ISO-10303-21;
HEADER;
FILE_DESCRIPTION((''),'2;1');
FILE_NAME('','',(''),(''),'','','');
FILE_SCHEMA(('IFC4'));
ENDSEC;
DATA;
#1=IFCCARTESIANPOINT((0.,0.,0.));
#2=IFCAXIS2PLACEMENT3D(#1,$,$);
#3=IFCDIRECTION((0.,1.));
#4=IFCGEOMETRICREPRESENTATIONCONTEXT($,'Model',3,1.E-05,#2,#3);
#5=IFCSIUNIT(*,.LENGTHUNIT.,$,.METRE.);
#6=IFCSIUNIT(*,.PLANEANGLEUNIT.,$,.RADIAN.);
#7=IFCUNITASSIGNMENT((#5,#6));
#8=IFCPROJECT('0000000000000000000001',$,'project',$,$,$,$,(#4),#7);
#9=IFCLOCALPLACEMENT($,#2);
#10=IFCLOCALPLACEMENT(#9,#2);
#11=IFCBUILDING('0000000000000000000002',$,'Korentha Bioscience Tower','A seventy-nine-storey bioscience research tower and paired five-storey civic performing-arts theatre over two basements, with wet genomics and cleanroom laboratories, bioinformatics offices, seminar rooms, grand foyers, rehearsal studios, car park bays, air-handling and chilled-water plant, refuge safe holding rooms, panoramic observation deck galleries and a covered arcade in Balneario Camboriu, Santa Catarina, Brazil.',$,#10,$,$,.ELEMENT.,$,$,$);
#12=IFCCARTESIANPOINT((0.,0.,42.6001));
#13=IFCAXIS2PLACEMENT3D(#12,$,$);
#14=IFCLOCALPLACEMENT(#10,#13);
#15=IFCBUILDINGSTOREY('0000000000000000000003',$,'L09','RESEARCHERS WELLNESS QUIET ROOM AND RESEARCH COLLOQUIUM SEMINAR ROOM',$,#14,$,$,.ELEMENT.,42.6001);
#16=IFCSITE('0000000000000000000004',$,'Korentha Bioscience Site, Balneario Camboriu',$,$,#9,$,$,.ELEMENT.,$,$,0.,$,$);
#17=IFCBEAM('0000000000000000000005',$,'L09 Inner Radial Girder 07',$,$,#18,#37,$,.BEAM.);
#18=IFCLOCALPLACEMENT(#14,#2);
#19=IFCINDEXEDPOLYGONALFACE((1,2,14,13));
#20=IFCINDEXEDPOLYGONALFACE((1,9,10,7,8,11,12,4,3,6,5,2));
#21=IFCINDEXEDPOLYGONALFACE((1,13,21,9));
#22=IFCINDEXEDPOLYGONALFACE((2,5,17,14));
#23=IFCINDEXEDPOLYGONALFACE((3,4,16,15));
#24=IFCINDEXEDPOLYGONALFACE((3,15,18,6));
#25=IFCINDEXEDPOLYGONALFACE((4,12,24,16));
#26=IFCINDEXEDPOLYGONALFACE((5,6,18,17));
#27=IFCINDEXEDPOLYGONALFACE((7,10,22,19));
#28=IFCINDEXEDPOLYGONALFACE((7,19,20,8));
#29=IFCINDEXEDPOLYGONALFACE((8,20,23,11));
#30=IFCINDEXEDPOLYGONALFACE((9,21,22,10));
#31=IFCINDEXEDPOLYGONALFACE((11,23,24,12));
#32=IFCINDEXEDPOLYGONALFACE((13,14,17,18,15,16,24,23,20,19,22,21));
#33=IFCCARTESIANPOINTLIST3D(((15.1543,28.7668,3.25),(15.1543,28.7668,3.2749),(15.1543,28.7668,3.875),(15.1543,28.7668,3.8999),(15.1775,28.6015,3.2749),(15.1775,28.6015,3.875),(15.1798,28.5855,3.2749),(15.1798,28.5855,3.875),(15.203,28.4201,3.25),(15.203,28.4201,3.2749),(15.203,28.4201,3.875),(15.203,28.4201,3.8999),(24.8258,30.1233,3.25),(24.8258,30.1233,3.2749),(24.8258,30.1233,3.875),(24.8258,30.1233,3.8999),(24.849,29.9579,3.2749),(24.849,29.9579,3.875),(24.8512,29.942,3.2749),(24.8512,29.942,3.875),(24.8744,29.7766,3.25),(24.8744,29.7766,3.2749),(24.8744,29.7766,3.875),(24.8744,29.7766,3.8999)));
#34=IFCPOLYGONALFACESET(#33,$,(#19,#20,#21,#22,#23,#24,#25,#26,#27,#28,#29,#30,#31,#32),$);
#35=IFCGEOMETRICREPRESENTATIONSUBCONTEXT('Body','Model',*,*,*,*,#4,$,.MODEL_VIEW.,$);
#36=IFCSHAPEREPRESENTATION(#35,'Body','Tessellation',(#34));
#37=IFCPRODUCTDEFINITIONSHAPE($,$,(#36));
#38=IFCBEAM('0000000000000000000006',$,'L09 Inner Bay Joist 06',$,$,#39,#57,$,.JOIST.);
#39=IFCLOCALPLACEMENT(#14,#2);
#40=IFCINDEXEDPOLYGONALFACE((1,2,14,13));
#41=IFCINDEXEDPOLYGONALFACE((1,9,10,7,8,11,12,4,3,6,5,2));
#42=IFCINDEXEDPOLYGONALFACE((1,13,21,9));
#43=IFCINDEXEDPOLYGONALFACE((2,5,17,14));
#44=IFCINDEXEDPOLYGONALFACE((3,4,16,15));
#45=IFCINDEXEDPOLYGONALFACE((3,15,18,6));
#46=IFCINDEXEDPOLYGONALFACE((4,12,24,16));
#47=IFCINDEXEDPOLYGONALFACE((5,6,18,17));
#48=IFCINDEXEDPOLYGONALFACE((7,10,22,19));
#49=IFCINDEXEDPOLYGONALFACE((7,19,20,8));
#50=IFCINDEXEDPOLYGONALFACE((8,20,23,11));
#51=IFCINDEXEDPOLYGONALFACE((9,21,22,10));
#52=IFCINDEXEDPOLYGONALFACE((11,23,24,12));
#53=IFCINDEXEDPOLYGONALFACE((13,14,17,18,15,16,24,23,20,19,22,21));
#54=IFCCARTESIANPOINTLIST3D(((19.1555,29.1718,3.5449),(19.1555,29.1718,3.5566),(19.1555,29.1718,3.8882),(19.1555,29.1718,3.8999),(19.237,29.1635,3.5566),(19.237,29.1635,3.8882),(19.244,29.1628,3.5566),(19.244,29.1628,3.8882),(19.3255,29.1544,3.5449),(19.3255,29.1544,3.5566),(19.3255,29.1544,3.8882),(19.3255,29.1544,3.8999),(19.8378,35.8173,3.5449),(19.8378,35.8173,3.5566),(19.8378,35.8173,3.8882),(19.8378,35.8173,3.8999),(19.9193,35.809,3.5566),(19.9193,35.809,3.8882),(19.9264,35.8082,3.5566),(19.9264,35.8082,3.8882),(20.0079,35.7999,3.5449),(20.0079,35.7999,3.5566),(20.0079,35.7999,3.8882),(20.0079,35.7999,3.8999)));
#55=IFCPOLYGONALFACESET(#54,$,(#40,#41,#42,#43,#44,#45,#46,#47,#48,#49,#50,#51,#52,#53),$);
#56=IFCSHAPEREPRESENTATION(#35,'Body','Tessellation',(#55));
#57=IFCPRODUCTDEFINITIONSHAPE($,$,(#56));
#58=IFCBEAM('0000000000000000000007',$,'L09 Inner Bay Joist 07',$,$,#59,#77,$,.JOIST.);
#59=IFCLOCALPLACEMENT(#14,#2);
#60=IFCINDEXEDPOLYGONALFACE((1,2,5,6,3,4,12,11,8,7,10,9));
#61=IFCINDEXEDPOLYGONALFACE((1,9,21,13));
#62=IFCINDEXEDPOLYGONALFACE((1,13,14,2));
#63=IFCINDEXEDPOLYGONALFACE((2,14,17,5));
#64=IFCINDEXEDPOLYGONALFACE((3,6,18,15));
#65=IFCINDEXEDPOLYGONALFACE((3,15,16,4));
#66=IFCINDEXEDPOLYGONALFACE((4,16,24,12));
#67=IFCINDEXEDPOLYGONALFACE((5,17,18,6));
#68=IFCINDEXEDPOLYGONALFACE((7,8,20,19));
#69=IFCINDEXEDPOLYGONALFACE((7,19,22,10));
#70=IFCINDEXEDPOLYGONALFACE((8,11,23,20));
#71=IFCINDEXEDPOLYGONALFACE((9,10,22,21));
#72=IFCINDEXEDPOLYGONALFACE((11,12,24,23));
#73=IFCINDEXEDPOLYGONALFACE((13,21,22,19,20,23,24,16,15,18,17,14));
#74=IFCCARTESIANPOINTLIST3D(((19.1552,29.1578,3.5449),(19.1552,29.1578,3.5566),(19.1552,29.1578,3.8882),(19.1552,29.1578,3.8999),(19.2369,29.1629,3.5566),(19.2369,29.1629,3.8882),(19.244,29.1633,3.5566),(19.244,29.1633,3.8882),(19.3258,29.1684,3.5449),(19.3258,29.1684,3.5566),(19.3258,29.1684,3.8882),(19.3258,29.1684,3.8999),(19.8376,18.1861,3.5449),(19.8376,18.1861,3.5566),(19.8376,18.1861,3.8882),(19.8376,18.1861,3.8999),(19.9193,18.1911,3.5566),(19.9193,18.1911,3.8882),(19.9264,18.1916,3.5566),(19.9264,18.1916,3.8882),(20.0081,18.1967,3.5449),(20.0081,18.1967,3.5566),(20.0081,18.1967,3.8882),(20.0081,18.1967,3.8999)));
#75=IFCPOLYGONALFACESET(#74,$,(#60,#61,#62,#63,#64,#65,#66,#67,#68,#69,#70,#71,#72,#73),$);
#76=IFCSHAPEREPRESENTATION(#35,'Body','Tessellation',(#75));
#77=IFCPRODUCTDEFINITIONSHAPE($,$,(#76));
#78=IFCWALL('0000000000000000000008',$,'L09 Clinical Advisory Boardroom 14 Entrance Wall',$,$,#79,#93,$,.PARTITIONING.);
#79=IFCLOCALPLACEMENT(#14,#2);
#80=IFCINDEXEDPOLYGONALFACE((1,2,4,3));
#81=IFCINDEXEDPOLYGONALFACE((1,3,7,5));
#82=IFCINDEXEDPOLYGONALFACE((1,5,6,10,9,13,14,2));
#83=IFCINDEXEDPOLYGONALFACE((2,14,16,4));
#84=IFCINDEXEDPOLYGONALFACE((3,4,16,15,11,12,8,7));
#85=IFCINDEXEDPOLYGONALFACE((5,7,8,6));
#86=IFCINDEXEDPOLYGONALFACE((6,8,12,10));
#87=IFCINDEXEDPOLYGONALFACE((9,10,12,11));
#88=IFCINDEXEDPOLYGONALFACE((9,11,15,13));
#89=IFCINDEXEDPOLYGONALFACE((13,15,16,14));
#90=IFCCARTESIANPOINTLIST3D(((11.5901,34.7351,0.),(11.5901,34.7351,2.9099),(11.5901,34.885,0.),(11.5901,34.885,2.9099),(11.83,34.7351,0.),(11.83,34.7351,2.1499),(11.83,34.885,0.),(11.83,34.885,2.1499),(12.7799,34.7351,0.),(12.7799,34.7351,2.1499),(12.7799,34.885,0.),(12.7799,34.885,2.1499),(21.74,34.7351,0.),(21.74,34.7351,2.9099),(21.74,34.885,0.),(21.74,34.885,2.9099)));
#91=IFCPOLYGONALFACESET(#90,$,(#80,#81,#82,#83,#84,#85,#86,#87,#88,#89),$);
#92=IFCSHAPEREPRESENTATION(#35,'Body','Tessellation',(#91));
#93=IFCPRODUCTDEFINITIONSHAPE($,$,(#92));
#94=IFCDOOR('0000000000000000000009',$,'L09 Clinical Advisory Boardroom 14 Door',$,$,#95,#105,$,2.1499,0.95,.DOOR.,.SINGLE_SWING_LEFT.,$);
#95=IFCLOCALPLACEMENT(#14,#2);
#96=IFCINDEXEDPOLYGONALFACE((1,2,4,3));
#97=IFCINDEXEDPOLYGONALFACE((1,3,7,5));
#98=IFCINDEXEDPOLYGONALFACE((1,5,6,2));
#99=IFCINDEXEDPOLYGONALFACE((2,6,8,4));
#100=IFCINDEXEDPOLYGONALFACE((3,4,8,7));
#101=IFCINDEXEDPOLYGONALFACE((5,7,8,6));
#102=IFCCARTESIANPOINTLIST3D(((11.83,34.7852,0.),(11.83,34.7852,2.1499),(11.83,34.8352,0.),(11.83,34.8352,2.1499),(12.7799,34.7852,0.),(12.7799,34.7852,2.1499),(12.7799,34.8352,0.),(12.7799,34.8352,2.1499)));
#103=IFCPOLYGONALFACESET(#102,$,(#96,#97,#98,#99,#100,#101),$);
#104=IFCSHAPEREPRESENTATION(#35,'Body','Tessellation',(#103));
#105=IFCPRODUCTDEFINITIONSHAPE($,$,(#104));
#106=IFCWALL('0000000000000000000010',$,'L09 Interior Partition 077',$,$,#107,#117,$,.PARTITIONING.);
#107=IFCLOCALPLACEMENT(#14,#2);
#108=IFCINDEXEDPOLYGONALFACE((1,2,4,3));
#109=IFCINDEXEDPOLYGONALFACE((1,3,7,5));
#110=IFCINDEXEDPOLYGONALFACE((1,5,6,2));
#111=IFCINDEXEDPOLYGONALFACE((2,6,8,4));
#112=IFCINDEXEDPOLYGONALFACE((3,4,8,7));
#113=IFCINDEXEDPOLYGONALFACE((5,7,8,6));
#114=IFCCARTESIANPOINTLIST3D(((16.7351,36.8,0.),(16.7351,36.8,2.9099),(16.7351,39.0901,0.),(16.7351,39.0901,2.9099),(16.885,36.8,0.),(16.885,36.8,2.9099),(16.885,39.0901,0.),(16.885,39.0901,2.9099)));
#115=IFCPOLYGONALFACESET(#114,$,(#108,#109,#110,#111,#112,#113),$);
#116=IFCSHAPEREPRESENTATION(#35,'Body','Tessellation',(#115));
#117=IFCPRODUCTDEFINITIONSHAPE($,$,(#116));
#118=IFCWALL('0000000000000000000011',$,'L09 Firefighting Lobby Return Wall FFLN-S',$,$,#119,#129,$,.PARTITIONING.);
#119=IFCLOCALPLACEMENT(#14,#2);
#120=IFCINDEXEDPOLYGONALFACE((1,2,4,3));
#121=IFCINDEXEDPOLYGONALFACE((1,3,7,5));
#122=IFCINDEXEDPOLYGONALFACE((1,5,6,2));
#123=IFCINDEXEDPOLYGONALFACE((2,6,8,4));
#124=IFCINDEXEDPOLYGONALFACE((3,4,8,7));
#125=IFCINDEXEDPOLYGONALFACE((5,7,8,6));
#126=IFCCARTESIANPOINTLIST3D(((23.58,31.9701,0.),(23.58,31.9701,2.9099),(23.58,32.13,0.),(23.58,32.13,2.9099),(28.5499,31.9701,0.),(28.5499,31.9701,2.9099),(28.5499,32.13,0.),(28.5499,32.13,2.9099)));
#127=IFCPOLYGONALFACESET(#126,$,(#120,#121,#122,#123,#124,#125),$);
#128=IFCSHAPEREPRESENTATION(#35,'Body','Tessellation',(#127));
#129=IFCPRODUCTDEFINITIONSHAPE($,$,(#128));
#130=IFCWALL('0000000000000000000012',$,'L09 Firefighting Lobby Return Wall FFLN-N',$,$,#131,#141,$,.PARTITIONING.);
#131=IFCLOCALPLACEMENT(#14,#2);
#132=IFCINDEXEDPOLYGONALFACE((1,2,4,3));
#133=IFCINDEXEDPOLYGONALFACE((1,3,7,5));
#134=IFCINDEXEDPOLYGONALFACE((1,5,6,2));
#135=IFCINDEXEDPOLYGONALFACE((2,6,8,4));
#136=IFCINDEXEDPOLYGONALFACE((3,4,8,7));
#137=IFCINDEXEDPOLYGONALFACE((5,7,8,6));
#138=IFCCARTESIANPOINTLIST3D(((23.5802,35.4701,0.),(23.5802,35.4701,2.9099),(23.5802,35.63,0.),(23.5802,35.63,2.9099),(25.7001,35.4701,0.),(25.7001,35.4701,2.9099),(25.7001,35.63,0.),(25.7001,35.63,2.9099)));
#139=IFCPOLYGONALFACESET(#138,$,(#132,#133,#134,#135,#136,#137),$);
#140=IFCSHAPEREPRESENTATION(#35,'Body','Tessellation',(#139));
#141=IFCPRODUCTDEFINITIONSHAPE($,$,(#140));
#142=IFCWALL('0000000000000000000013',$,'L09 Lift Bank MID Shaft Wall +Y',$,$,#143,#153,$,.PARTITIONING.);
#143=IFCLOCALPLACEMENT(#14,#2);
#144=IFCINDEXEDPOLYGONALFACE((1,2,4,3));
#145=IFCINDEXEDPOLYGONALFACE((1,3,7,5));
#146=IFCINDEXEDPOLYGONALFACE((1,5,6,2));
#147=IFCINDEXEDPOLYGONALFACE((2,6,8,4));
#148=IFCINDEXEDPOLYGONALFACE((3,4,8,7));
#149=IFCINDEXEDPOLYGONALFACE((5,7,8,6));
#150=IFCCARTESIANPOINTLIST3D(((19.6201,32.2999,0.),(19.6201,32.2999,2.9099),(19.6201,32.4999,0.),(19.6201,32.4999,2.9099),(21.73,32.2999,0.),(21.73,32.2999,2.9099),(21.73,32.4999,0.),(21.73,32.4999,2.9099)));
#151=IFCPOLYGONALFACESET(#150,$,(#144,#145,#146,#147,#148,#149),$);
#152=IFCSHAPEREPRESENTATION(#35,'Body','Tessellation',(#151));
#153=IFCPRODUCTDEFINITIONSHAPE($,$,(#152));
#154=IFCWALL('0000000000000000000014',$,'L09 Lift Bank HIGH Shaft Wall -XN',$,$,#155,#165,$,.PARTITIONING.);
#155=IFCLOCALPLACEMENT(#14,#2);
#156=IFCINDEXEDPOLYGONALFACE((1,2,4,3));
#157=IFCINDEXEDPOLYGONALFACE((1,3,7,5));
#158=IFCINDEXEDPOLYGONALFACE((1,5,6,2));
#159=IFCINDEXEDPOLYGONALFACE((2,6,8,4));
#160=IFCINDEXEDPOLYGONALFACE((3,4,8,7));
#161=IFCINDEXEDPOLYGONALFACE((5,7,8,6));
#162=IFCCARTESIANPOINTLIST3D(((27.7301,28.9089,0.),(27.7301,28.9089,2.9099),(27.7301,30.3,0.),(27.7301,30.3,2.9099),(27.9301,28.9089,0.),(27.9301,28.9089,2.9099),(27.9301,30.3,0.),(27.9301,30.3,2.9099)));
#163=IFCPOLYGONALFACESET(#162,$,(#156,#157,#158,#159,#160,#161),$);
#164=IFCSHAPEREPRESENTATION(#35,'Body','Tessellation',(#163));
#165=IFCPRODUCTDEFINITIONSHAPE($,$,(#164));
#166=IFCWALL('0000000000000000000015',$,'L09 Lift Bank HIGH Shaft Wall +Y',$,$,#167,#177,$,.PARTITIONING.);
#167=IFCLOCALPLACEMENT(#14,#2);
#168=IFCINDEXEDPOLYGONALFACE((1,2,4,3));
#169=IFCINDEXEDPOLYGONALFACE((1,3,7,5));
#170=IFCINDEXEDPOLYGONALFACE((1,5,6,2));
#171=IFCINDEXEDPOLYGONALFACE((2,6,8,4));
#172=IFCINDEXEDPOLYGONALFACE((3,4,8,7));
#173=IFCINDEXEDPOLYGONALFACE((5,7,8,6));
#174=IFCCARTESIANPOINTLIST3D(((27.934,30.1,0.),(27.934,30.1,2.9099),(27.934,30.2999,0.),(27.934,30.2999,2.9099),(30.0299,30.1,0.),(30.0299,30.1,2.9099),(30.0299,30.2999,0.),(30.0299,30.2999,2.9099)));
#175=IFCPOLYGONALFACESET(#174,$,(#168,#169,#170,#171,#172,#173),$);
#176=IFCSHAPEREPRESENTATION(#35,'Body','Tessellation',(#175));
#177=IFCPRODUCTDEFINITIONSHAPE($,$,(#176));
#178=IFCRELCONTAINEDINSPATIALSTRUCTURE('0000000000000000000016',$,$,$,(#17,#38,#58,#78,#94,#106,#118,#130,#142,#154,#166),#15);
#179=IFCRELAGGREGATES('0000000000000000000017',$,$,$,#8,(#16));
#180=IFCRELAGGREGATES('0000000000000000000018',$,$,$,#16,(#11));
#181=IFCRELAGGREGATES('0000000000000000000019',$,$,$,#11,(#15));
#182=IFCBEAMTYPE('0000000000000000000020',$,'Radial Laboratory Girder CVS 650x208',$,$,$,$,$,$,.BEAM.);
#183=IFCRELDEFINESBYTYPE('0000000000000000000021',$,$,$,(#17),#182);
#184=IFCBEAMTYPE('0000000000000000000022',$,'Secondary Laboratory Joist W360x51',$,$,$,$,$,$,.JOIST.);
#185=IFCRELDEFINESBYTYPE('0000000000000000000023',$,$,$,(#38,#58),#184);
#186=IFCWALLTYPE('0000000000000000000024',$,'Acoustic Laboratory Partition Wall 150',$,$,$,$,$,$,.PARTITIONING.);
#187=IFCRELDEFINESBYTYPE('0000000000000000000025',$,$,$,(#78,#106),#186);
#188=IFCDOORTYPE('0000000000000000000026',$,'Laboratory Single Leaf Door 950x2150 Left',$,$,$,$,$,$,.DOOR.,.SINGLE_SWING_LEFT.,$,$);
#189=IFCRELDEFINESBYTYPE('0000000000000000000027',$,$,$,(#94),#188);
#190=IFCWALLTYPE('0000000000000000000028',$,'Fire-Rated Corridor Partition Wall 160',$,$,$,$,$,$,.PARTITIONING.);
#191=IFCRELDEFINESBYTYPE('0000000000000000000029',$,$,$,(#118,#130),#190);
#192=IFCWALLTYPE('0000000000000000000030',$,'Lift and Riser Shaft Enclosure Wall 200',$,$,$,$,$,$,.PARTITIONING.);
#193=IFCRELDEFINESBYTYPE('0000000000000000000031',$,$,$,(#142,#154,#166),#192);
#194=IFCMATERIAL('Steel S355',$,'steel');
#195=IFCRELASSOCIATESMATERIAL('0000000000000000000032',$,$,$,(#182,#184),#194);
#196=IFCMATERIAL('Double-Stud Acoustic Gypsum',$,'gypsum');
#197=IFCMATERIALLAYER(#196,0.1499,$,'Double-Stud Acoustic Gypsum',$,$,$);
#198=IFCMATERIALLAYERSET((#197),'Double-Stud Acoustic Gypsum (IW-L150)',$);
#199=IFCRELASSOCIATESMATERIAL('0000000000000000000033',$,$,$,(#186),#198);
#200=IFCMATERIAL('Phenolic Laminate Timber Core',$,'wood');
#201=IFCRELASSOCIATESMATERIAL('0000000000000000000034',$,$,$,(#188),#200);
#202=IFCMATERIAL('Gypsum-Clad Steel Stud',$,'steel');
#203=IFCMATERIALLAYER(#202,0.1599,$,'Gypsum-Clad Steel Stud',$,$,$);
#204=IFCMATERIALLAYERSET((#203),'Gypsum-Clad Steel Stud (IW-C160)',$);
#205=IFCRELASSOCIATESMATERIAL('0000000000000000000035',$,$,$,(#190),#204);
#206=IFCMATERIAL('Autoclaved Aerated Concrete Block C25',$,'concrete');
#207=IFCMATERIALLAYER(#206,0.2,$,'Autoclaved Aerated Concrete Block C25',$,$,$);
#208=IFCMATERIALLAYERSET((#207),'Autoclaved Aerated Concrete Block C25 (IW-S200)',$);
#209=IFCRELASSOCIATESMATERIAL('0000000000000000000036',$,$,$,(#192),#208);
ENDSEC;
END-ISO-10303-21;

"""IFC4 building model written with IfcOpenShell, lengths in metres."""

from ifc_helpers import new_model, si_unit, direction, frame, frame_2d, origin, origin_2d, place, context, subcontext, project, spatial, rectangle, i_section, extrude, material, layer, layer_set, material_profile, profile_set, type_object, element, fill, save


model = new_model("IFC4")

# Units and contexts
model_context = context("Model", 3, precision=1e-05, world=origin(), true_north=direction((0.0, 1.0)))
body_context = subcontext(model_context, "Body", "Model", "MODEL_VIEW")
ifc_project = project(units=[si_unit("LENGTHUNIT", "METRE"), si_unit("PLANEANGLEUNIT", "RADIAN")], contexts=[model_context])

# Site, building, storey
site_placement = place(None, origin())
site = spatial("IfcSite", under=ifc_project, at=site_placement, Name="Korentha Bioscience Site, Balneario Camboriu", CompositionType="ELEMENT", RefElevation=0.0)
building_placement = place(site_placement, origin())
building = spatial("IfcBuilding", under=site, at=building_placement, Name="Korentha Bioscience Tower", Description="A seventy-nine-storey bioscience research tower and paired five-storey civic performing-arts theatre over two basements, with wet genomics and cleanroom laboratories, bioinformatics offices, seminar rooms, grand foyers, rehearsal studios, car park bays, air-handling and chilled-water plant, refuge safe holding rooms, panoramic observation deck galleries and a covered arcade in Balneario Camboriu, Santa Catarina, Brazil.", CompositionType="ELEMENT")
storey_placement = place(building_placement, frame((0.0, 0.0, 42.6001)))
storey = spatial("IfcBuildingStorey", under=building, at=storey_placement, Name="L09", Description="RESEARCHERS WELLNESS QUIET ROOM AND RESEARCH COLLOQUIUM SEMINAR ROOM", CompositionType="ELEMENT", Elevation=42.6001)

# Beams
ifc_material_1 = material(Name="Steel S355", Category="steel")
ifc_material_profile_1 = material_profile(ifc_material_1, i_section(OverallWidth=0.3501, OverallDepth=0.6499, WebThickness=0.0161, FlangeThickness=0.0249, at=origin_2d()), Name="Steel S355")
ifc_profile_set_1 = profile_set([ifc_material_profile_1], Name="Steel S355 (RB-650)")
beam_type_1 = type_object("IfcBeamType", Name="Radial Laboratory Girder CVS 650x208", PredefinedType="BEAM", material=ifc_profile_set_1)
beam_1_placement = place(storey_placement, frame((24.8501, 29.95, 3.575), z_axis=(-0.990307, -0.138894, 0.0), x_axis=(0.138894, -0.990307, 0.0)))
element("IfcBeam", 1, at=beam_1_placement, inside=storey, type_object=beam_type_1, Name="L09 Inner Radial Girder 07", PredefinedType="BEAM", context=body_context, shape_type="SweptSolid", body=[
    extrude(i_section(OverallWidth=0.3501, OverallDepth=0.6499, WebThickness=0.0161, FlangeThickness=0.0249, at=origin_2d()), origin(), (0.0, 0.0, 1.0), 9.7661),
])
ifc_material_profile_2 = material_profile(ifc_material_1, i_section(OverallWidth=0.1709, OverallDepth=0.355, WebThickness=0.0071, FlangeThickness=0.0117, at=origin_2d()), Name="Steel S355")
ifc_profile_set_2 = profile_set([ifc_material_profile_2], Name="Steel S355 (JB-360)")
beam_type_2 = type_object("IfcBeamType", Name="Secondary Laboratory Joist W360x51", PredefinedType="JOIST", material=ifc_profile_set_2)
beam_2_placement = place(storey_placement, frame((19.9229, 35.8086, 3.7224), z_axis=(-0.102145, -0.99477, 0.0), x_axis=(0.99477, -0.102145, 0.0)))
element("IfcBeam", 2, at=beam_2_placement, inside=storey, type_object=beam_type_2, Name="L09 Inner Bay Joist 06", PredefinedType="JOIST", context=body_context, shape_type="SweptSolid", body=[
    extrude(i_section(OverallWidth=0.1709, OverallDepth=0.355, WebThickness=0.0071, FlangeThickness=0.0117, at=origin_2d()), origin(), (0.0, 0.0, 1.0), 6.6804),
])
beam_3_placement = place(storey_placement, frame((19.2405, 29.1631, 3.7224), z_axis=(0.062074, -0.998072, 0.0), x_axis=(0.998072, 0.062074, 0.0)))
element("IfcBeam", 3, at=beam_3_placement, inside=storey, type_object=beam_type_2, Name="L09 Inner Bay Joist 07", PredefinedType="JOIST", context=body_context, shape_type="SweptSolid", body=[
    extrude(i_section(OverallWidth=0.1709, OverallDepth=0.355, WebThickness=0.0071, FlangeThickness=0.0117, at=origin_2d()), origin(), (0.0, 0.0, 1.0), 10.9929),
])

# Wall, opening, door
ifc_material_2 = material(Name="Double-Stud Acoustic Gypsum", Category="gypsum")
ifc_layer_1 = layer(ifc_material_2, 0.1499, Name="Double-Stud Acoustic Gypsum")
ifc_layer_set_1 = layer_set([ifc_layer_1], Name="Double-Stud Acoustic Gypsum (IW-L150)")
wall_type_1 = type_object("IfcWallType", Name="Acoustic Laboratory Partition Wall 150", PredefinedType="PARTITIONING", material=ifc_layer_set_1)
wall_1_placement = place(storey_placement, frame((21.74, 34.8101, 0.0), z_axis=(0.0, 0.0, 1.0), x_axis=(-1.0, 0.0, 0.0)))
wall_1 = element("IfcWall", 4, at=wall_1_placement, inside=storey, type_object=wall_type_1, Name="L09 Clinical Advisory Boardroom 14 Entrance Wall", PredefinedType="PARTITIONING", context=body_context, shape_type="SweptSolid", body=[
    extrude(rectangle(XDim=10.1499, YDim=0.1499, at=frame_2d((5.075, 0.0))), origin(), (0.0, 0.0, 1.0), 2.9099),
])
opening_1_placement = place(wall_1_placement, frame((8.96, 0.0, 0.0)))
opening_1 = element("IfcOpeningElement", 5, at=opening_1_placement, cuts=wall_1, PredefinedType="OPENING", context=body_context, shape_type="SweptSolid", body=[
    extrude(rectangle(XDim=0.95, YDim=2.1499, at=frame_2d((0.4751, 1.075))), frame((0.0, 0.0898, 0.0), z_axis=(0.0, -1.0, 0.0), x_axis=(1.0, 0.0, 0.0)), (0.0, 0.0, 1.0), 0.1797),
])
ifc_material_3 = material(Name="Phenolic Laminate Timber Core", Category="wood")
door_type_1 = type_object("IfcDoorType", Name="Laboratory Single Leaf Door 950x2150 Left", OperationType="SINGLE_SWING_LEFT", PredefinedType="DOOR", material=ifc_material_3)
door_1_placement = place(opening_1_placement, origin())
door_1 = element("IfcDoor", 6, at=door_1_placement, inside=storey, type_object=door_type_1, Name="L09 Clinical Advisory Boardroom 14 Door", OperationType="SINGLE_SWING_LEFT", OverallHeight=2.1499, OverallWidth=0.95, PredefinedType="DOOR", context=body_context, shape_type="SweptSolid", body=[
    extrude(rectangle(XDim=0.95, YDim=2.1499, at=frame_2d((0.4751, 1.075))), frame((0.0, 0.0249, 0.0), z_axis=(0.0, -1.0, 0.0), x_axis=(1.0, 0.0, 0.0)), (0.0, 0.0, 1.0), 0.05),
])
fill(opening_1, door_1)

# Wall
wall_2_placement = place(storey_placement, frame((16.8101, 36.8, 0.0), z_axis=(0.0, 0.0, 1.0), x_axis=(0.0, 1.0, 0.0)))
element("IfcWall", 7, at=wall_2_placement, inside=storey, type_object=wall_type_1, Name="L09 Interior Partition 077", PredefinedType="PARTITIONING", context=body_context, shape_type="SweptSolid", body=[
    extrude(rectangle(XDim=2.29, YDim=0.1499, at=frame_2d((1.145, 0.0))), origin(), (0.0, 0.0, 1.0), 2.9099),
])

# Shared definitions
ifc_material_4 = material(Name="Gypsum-Clad Steel Stud", Category="steel")
ifc_layer_2 = layer(ifc_material_4, 0.1599, Name="Gypsum-Clad Steel Stud")
ifc_layer_set_2 = layer_set([ifc_layer_2], Name="Gypsum-Clad Steel Stud (IW-C160)")
wall_type_2 = type_object("IfcWallType", Name="Fire-Rated Corridor Partition Wall 160", PredefinedType="PARTITIONING", material=ifc_layer_set_2)

# Walls
wall_3_placement = place(storey_placement, frame((23.5801, 32.05, 0.0), z_axis=(0.0, 0.0, 1.0), x_axis=(1.0, 0.0, 0.0)))
element("IfcWall", 8, at=wall_3_placement, inside=storey, type_object=wall_type_2, Name="L09 Firefighting Lobby Return Wall FFLN-S", PredefinedType="PARTITIONING", context=body_context, shape_type="SweptSolid", body=[
    extrude(rectangle(XDim=4.97, YDim=0.1599, at=frame_2d((2.4849, 0.0))), origin(), (0.0, 0.0, 1.0), 2.9099),
])
wall_4_placement = place(storey_placement, frame((23.5801, 35.55, 0.0), z_axis=(0.0, 0.0, 1.0), x_axis=(1.0, 0.0, 0.0)))
element("IfcWall", 9, at=wall_4_placement, inside=storey, type_object=wall_type_2, Name="L09 Firefighting Lobby Return Wall FFLN-N", PredefinedType="PARTITIONING", context=body_context, shape_type="SweptSolid", body=[
    extrude(rectangle(XDim=2.1199, YDim=0.1599, at=frame_2d((1.0601, 0.0))), origin(), (0.0, 0.0, 1.0), 2.9099),
])
ifc_material_5 = material(Name="Autoclaved Aerated Concrete Block C25", Category="concrete")
ifc_layer_3 = layer(ifc_material_5, 0.2, Name="Autoclaved Aerated Concrete Block C25")
ifc_layer_set_3 = layer_set([ifc_layer_3], Name="Autoclaved Aerated Concrete Block C25 (IW-S200)")
wall_type_3 = type_object("IfcWallType", Name="Lift and Riser Shaft Enclosure Wall 200", PredefinedType="PARTITIONING", material=ifc_layer_set_3)
wall_5_placement = place(storey_placement, frame((19.6201, 32.3999, 0.0), z_axis=(0.0, 0.0, 1.0), x_axis=(1.0, 0.0, 0.0)))
element("IfcWall", 10, at=wall_5_placement, inside=storey, type_object=wall_type_3, Name="L09 Lift Bank MID Shaft Wall +Y", PredefinedType="PARTITIONING", context=body_context, shape_type="SweptSolid", body=[
    extrude(rectangle(XDim=2.1099, YDim=0.2, at=frame_2d((1.0549, 0.0))), origin(), (0.0, 0.0, 1.0), 2.9099),
])
wall_6_placement = place(storey_placement, frame((27.8301, 28.9089, 0.0), z_axis=(0.0, 0.0, 1.0), x_axis=(0.0, 1.0, 0.0)))
element("IfcWall", 11, at=wall_6_placement, inside=storey, type_object=wall_type_3, Name="L09 Lift Bank HIGH Shaft Wall -XN", PredefinedType="PARTITIONING", context=body_context, shape_type="SweptSolid", body=[
    extrude(rectangle(XDim=1.3911, YDim=0.2, at=frame_2d((0.6956, 0.0))), origin(), (0.0, 0.0, 1.0), 2.9099),
])
wall_7_placement = place(storey_placement, frame((27.9341, 30.2, 0.0), z_axis=(0.0, 0.0, 1.0), x_axis=(1.0, 0.0, 0.0)))
element("IfcWall", 12, at=wall_7_placement, inside=storey, type_object=wall_type_3, Name="L09 Lift Bank HIGH Shaft Wall +Y", PredefinedType="PARTITIONING", context=body_context, shape_type="SweptSolid", body=[
    extrude(rectangle(XDim=2.0959, YDim=0.2, at=frame_2d((1.0479, 0.0))), origin(), (0.0, 0.0, 1.0), 2.9099),
])

save(model, "model.ifc")
